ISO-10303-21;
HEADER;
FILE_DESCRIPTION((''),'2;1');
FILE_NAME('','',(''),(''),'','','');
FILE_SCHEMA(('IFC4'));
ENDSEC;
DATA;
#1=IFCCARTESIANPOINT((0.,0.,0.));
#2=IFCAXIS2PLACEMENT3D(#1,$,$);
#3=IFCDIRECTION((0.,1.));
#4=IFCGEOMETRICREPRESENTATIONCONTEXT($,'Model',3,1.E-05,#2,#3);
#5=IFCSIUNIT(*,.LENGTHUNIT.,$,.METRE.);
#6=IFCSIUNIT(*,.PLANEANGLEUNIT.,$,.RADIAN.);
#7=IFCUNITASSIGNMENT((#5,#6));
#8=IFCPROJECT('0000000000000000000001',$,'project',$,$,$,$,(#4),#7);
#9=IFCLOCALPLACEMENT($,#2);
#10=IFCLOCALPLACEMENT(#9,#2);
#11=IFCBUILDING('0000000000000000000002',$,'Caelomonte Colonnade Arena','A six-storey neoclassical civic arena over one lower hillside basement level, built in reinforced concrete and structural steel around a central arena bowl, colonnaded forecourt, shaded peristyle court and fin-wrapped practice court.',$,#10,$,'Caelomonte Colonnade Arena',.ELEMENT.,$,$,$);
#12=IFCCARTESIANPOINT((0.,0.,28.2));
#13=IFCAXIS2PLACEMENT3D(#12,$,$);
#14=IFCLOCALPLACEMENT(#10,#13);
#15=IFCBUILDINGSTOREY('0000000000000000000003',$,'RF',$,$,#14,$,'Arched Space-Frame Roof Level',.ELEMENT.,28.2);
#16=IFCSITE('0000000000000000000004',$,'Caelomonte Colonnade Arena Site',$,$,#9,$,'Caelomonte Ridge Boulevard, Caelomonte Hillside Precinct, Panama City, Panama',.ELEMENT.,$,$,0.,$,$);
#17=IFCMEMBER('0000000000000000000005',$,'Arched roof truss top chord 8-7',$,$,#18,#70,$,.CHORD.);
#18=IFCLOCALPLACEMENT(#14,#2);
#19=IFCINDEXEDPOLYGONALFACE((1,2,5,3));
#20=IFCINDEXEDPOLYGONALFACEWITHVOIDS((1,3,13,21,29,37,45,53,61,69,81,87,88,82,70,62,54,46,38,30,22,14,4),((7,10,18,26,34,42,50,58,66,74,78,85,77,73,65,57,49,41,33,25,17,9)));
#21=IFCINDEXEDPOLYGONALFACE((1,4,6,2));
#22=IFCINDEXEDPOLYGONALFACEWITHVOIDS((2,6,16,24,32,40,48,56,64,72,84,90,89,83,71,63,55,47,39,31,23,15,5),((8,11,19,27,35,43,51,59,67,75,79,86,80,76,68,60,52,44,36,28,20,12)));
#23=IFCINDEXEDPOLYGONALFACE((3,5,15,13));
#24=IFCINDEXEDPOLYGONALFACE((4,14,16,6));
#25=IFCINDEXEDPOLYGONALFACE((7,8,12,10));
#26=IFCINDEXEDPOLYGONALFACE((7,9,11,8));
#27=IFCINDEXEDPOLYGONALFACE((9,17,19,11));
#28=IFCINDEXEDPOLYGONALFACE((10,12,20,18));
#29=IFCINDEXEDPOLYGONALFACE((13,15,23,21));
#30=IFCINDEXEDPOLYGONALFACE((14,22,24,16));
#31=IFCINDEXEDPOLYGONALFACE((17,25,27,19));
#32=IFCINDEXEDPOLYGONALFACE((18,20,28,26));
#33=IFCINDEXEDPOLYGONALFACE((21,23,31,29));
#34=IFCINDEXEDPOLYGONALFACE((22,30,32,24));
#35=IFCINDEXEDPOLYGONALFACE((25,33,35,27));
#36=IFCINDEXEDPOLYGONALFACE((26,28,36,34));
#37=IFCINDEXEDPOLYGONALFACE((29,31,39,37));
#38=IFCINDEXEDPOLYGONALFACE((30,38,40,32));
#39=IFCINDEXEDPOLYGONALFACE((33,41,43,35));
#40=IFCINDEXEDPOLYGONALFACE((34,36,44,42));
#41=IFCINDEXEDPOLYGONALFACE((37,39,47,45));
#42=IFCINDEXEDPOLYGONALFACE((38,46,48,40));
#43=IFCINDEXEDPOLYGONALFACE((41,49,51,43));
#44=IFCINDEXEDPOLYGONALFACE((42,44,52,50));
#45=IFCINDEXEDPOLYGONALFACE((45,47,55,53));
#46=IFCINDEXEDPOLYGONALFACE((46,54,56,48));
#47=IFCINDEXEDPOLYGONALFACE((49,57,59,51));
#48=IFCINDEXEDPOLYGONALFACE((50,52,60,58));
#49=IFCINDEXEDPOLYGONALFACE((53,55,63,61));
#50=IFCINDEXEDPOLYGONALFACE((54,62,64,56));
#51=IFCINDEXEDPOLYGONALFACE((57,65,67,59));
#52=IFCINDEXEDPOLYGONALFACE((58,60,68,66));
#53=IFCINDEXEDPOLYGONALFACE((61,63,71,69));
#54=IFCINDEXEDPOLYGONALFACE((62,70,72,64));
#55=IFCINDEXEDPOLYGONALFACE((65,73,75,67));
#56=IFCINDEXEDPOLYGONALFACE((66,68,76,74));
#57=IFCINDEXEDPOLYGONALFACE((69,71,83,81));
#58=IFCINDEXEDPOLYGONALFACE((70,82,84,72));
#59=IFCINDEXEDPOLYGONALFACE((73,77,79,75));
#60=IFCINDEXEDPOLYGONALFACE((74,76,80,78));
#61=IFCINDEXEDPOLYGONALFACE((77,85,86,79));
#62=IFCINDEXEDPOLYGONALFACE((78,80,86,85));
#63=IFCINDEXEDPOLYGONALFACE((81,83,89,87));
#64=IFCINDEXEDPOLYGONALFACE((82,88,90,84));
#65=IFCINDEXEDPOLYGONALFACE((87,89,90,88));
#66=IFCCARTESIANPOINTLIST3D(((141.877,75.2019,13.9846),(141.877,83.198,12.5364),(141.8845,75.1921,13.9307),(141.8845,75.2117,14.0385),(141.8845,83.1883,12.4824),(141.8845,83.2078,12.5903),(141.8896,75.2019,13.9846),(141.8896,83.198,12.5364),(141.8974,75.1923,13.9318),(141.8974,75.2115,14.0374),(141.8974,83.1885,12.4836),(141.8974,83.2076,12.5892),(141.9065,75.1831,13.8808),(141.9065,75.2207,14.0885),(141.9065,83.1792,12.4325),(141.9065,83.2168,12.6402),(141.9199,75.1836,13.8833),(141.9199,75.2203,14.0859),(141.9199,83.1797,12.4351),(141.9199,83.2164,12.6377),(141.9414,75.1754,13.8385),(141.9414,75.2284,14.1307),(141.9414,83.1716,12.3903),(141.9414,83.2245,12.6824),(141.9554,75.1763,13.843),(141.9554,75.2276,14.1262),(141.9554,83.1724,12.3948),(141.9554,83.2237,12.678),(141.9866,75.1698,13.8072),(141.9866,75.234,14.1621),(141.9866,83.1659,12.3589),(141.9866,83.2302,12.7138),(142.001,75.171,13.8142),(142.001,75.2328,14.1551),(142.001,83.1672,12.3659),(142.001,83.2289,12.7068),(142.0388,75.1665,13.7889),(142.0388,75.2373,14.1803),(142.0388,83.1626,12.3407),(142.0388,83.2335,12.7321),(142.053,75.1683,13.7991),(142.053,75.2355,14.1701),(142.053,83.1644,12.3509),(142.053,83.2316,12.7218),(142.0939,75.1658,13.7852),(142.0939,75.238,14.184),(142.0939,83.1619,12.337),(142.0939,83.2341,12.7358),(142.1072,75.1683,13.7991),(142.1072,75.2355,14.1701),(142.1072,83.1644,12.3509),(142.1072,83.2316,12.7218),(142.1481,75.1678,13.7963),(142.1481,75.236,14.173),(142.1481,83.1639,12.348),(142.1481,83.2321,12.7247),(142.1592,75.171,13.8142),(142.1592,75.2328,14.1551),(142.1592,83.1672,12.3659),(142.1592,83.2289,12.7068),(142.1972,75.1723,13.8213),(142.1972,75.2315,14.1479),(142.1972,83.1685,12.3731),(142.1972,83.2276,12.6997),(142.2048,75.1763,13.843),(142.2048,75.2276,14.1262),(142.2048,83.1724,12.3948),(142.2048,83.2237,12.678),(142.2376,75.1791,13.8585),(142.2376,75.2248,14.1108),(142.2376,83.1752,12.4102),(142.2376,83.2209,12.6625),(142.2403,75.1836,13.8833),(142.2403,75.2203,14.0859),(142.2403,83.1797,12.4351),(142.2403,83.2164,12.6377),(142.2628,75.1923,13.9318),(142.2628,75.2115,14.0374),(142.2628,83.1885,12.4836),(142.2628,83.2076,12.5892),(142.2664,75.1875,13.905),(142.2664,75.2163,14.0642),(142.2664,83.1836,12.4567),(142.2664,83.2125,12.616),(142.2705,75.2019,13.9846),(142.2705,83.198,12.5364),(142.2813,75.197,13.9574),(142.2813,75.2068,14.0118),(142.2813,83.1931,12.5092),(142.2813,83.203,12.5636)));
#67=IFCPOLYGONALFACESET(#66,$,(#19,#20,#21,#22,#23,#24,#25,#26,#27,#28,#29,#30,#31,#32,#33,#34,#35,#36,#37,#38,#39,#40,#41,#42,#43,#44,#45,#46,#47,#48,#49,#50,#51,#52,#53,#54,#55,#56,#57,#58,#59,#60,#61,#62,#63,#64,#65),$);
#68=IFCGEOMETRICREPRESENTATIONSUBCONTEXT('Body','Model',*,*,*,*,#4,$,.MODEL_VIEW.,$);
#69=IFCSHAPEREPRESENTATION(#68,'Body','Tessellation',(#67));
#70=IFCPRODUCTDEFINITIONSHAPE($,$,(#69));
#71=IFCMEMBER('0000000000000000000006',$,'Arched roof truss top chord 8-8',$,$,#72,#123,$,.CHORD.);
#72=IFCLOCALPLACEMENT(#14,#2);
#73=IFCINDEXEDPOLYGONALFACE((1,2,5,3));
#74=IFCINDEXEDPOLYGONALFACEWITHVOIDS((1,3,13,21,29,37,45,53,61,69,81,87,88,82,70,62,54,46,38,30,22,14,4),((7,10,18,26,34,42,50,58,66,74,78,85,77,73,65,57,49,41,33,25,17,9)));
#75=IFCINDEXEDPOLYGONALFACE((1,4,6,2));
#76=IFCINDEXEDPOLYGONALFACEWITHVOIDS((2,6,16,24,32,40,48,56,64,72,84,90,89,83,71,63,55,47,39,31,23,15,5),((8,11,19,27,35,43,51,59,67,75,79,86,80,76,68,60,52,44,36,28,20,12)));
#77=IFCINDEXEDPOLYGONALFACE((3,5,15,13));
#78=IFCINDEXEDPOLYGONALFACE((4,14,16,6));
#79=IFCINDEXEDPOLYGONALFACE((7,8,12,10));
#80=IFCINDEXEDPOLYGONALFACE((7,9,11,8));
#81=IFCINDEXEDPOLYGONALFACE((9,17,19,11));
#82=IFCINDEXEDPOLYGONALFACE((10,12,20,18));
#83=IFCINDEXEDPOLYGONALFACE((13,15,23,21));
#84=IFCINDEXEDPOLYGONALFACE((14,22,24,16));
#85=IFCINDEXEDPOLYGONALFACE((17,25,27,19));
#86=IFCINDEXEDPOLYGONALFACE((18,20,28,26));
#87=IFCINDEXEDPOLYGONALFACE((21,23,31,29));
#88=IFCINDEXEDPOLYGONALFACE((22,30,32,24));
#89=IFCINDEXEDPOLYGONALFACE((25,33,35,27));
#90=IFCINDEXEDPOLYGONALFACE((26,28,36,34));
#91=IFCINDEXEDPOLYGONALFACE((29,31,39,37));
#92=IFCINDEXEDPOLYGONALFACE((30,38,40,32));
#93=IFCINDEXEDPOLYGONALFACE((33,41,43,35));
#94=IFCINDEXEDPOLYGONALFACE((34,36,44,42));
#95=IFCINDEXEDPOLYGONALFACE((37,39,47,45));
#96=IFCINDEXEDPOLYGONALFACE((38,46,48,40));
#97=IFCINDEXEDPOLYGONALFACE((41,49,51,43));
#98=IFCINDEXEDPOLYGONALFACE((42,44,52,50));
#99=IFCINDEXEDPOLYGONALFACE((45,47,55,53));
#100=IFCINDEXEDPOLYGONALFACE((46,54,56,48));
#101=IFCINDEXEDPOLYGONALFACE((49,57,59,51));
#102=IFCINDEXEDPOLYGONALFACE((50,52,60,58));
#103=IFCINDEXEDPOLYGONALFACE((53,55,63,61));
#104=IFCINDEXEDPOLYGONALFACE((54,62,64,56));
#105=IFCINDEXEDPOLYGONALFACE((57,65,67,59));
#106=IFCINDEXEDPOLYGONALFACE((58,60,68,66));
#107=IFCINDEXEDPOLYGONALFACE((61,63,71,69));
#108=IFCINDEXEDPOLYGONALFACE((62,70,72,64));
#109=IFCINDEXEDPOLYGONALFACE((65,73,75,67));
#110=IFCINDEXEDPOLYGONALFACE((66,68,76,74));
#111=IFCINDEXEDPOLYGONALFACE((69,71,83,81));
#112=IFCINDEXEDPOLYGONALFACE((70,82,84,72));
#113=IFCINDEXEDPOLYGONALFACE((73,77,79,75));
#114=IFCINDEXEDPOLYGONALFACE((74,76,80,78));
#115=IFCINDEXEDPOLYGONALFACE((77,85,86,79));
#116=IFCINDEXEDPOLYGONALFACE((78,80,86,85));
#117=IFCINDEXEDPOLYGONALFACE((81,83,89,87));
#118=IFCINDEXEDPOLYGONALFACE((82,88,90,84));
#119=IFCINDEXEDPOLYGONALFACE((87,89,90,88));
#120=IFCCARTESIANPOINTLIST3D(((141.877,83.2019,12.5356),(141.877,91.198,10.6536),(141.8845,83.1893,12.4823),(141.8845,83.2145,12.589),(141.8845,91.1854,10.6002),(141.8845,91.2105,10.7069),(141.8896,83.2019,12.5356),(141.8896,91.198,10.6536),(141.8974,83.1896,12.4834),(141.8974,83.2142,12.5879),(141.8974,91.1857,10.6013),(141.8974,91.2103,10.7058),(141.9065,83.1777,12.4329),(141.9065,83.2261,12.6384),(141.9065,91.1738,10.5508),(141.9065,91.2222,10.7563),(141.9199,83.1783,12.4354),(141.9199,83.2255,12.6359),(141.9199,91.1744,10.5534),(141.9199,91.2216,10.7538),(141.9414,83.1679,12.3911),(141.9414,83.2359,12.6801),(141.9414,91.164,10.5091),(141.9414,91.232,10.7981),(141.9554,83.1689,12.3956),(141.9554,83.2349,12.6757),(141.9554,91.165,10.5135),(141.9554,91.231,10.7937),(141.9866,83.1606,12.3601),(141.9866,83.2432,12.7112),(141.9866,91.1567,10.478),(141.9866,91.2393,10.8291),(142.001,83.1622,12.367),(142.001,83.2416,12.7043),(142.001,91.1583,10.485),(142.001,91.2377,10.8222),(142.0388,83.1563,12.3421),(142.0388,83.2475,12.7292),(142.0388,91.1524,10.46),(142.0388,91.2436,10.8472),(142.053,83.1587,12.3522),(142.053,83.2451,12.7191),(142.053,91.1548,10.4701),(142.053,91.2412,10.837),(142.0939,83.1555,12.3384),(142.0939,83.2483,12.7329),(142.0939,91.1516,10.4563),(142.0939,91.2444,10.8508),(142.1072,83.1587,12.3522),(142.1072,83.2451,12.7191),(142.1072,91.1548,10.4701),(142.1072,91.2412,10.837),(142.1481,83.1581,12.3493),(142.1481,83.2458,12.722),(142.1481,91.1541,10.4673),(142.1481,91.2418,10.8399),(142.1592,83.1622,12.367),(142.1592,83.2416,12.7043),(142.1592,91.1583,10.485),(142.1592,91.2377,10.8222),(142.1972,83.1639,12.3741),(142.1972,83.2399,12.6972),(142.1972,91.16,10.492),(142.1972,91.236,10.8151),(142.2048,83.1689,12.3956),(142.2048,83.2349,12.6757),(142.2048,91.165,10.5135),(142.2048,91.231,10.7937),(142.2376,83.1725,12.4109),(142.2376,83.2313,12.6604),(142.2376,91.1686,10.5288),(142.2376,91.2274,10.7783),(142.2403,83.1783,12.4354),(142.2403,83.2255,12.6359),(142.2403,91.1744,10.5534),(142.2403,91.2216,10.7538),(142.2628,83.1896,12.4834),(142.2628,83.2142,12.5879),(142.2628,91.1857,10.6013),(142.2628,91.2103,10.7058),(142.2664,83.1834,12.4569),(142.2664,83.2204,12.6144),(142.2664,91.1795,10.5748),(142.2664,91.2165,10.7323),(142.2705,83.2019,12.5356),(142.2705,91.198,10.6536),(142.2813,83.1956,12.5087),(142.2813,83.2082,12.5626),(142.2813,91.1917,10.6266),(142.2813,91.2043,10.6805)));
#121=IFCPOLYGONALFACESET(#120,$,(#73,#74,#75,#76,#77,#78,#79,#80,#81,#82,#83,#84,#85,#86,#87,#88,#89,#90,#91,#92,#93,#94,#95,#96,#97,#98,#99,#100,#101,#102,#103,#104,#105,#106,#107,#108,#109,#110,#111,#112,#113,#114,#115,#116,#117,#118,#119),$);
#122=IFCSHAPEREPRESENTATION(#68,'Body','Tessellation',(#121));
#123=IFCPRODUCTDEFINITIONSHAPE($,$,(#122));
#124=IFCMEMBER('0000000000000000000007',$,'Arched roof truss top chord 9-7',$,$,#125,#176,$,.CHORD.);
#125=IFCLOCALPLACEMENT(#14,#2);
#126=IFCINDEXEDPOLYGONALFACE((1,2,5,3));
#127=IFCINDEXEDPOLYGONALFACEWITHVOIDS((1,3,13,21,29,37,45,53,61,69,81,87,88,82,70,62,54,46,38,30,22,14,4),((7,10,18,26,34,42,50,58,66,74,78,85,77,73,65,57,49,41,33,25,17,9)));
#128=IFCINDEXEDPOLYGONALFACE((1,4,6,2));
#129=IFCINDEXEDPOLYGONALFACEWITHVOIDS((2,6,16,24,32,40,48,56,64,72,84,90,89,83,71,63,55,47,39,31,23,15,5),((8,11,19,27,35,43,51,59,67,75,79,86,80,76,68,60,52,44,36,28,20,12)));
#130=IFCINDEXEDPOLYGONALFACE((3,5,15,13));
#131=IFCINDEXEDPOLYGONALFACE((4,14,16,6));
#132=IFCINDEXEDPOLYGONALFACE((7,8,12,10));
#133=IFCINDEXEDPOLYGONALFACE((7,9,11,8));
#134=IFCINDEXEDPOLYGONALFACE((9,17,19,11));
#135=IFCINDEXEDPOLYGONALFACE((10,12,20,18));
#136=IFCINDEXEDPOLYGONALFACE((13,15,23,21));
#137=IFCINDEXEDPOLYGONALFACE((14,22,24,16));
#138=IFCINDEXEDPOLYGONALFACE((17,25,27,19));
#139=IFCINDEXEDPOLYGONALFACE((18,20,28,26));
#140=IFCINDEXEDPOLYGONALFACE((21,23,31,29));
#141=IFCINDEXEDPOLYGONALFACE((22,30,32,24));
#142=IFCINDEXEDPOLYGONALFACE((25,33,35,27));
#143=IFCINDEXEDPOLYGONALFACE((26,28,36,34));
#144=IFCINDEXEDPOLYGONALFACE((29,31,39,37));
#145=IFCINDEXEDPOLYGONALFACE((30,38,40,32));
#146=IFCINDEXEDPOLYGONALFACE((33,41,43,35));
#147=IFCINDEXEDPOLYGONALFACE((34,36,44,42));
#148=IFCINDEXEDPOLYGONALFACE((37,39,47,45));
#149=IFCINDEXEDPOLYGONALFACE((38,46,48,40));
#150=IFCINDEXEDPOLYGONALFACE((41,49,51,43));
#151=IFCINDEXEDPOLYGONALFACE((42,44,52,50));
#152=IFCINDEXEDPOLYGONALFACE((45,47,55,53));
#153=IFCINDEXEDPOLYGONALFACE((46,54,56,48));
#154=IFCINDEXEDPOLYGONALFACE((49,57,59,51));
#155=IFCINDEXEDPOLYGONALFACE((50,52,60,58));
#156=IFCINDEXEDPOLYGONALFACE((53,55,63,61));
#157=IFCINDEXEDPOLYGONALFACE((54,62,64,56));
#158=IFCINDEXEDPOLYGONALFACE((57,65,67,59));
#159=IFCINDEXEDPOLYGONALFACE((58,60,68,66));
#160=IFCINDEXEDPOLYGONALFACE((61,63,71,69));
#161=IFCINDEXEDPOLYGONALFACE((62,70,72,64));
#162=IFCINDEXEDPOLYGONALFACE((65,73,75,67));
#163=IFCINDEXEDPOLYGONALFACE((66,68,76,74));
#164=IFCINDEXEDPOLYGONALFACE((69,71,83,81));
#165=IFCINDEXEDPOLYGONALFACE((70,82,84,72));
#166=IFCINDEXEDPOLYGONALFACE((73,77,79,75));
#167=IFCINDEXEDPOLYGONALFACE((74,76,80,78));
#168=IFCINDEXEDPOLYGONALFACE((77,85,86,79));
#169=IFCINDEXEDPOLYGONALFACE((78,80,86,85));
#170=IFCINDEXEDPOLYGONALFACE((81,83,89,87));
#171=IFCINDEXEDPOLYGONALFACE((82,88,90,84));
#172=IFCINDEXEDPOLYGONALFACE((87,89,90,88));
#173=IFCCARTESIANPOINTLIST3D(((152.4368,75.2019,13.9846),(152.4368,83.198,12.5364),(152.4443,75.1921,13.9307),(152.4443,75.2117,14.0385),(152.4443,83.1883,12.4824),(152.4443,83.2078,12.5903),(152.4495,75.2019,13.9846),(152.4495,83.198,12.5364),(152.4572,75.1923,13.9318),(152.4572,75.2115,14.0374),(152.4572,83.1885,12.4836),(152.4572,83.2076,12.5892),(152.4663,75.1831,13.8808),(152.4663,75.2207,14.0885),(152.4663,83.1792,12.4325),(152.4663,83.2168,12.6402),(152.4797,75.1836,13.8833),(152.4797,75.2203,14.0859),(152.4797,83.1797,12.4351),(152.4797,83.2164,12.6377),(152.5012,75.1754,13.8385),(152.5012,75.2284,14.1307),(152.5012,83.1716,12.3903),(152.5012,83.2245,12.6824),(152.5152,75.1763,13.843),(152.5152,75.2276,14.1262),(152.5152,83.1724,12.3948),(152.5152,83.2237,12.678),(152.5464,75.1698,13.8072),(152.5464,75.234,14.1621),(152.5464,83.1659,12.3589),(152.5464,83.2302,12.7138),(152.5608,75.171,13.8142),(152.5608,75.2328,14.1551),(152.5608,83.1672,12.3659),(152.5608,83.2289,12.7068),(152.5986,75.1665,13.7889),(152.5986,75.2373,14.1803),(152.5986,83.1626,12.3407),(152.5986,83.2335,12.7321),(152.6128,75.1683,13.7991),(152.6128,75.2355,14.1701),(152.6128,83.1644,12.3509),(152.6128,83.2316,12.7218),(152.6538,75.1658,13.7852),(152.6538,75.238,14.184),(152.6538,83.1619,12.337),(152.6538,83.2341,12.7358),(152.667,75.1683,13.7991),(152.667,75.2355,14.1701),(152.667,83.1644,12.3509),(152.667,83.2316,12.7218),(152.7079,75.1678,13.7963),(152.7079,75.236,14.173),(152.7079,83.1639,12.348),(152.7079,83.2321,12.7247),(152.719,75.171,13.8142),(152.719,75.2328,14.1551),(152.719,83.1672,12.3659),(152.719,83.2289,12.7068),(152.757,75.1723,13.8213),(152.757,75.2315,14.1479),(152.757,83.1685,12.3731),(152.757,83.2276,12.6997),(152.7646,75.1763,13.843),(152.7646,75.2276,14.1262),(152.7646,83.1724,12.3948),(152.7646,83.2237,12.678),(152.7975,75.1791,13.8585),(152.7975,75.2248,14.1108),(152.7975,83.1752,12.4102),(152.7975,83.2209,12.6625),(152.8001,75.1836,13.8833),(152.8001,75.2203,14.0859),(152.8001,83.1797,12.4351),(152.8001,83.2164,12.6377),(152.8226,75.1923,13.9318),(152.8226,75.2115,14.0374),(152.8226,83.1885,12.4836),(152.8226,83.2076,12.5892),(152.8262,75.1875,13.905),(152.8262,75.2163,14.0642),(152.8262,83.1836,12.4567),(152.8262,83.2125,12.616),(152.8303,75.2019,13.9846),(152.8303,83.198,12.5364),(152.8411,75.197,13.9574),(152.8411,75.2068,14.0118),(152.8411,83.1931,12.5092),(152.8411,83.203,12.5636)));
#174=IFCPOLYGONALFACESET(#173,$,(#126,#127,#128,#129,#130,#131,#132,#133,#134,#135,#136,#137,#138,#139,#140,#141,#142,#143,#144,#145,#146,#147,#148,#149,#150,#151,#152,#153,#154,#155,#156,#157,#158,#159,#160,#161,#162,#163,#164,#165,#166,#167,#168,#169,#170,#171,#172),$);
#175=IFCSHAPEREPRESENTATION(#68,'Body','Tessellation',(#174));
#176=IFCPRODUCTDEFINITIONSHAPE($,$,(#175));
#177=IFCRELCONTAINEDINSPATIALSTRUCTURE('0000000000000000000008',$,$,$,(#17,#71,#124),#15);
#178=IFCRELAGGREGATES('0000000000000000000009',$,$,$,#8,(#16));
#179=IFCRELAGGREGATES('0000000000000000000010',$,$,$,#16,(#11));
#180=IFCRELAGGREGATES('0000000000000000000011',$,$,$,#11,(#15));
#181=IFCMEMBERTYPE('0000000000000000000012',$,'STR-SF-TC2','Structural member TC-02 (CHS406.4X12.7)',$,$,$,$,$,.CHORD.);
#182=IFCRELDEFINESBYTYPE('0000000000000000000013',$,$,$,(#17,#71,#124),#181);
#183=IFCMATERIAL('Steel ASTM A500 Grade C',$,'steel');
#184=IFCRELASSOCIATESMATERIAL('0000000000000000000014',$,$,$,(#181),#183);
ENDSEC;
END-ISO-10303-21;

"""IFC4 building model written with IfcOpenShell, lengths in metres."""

from ifc_helpers import new_model, si_unit, direction, frame, origin, origin_2d, place, context, subcontext, project, spatial, hollow_circle, extrude, material, material_profile, profile_set, type_object, element, save


model = new_model("IFC4")

# Units and contexts
model_context = context("Model", 3, precision=1e-05, world=origin(), true_north=direction((0.0, 1.0)))
body_context = subcontext(model_context, "Body", "Model", "MODEL_VIEW")
ifc_project = project(units=[si_unit("LENGTHUNIT", "METRE"), si_unit("PLANEANGLEUNIT", "RADIAN")], contexts=[model_context])

# Site, building, storey
site_placement = place(None, origin())
site = spatial("IfcSite", under=ifc_project, at=site_placement, Name="Caelomonte Colonnade Arena Site", LongName="Caelomonte Ridge Boulevard, Caelomonte Hillside Precinct, Panama City, Panama", CompositionType="ELEMENT", RefElevation=0.0)
building_placement = place(site_placement, origin())
building = spatial("IfcBuilding", under=site, at=building_placement, Name="Caelomonte Colonnade Arena", Description="A six-storey neoclassical civic arena over one lower hillside basement level, built in reinforced concrete and structural steel around a central arena bowl, colonnaded forecourt, shaded peristyle court and fin-wrapped practice court.", LongName="Caelomonte Colonnade Arena", CompositionType="ELEMENT")
storey_placement = place(building_placement, frame((0.0, 0.0, 28.2)))
storey = spatial("IfcBuildingStorey", under=building, at=storey_placement, Name="RF", LongName="Arched Space-Frame Roof Level", CompositionType="ELEMENT", Elevation=28.2)

# Members
ifc_material_1 = material(Name="Steel ASTM A500 Grade C", Category="steel")
ifc_material_profile_1 = material_profile(ifc_material_1, hollow_circle(Radius=0.2031, WallThickness=0.0127, at=origin_2d()), Name="CHS406.4X12.7")
ifc_profile_set_1 = profile_set([ifc_material_profile_1], Name="Steel ASTM A500 Grade C")
member_type_1 = type_object("IfcMemberType", Name="STR-SF-TC2", Description="Structural member TC-02 (CHS406.4X12.7)", PredefinedType="CHORD", material=ifc_profile_set_1)
member_1_placement = place(storey_placement, frame((142.0801, 75.2019, 13.9846), z_axis=(0.0, 0.983991, -0.178219), x_axis=(-1.0, 0.0, 0.0)))
element("IfcMember", 1, at=member_1_placement, inside=storey, type_object=member_type_1, Name="Arched roof truss top chord 8-7", PredefinedType="CHORD", context=body_context, shape_type="SweptSolid", body=[
    extrude(hollow_circle(Radius=0.2031, WallThickness=0.0127, at=origin_2d()), origin(), (0.0, 0.0, 1.0), 8.1262),
])
member_2_placement = place(storey_placement, frame((142.0801, 83.2019, 12.5356), z_axis=(0.0, 0.9734, -0.229114), x_axis=(-1.0, 0.0, 0.0)))
element("IfcMember", 2, at=member_2_placement, inside=storey, type_object=member_type_1, Name="Arched roof truss top chord 8-8", PredefinedType="CHORD", context=body_context, shape_type="SweptSolid", body=[
    extrude(hollow_circle(Radius=0.2031, WallThickness=0.0127, at=origin_2d()), origin(), (0.0, 0.0, 1.0), 8.2146),
])
member_3_placement = place(storey_placement, frame((152.6399, 75.2019, 13.9846), z_axis=(0.0, 0.983991, -0.178219), x_axis=(-1.0, 0.0, 0.0)))
element("IfcMember", 3, at=member_3_placement, inside=storey, type_object=member_type_1, Name="Arched roof truss top chord 9-7", PredefinedType="CHORD", context=body_context, shape_type="SweptSolid", body=[
    extrude(hollow_circle(Radius=0.2031, WallThickness=0.0127, at=origin_2d()), origin(), (0.0, 0.0, 1.0), 8.1262),
])

save(model, "model.ifc")
